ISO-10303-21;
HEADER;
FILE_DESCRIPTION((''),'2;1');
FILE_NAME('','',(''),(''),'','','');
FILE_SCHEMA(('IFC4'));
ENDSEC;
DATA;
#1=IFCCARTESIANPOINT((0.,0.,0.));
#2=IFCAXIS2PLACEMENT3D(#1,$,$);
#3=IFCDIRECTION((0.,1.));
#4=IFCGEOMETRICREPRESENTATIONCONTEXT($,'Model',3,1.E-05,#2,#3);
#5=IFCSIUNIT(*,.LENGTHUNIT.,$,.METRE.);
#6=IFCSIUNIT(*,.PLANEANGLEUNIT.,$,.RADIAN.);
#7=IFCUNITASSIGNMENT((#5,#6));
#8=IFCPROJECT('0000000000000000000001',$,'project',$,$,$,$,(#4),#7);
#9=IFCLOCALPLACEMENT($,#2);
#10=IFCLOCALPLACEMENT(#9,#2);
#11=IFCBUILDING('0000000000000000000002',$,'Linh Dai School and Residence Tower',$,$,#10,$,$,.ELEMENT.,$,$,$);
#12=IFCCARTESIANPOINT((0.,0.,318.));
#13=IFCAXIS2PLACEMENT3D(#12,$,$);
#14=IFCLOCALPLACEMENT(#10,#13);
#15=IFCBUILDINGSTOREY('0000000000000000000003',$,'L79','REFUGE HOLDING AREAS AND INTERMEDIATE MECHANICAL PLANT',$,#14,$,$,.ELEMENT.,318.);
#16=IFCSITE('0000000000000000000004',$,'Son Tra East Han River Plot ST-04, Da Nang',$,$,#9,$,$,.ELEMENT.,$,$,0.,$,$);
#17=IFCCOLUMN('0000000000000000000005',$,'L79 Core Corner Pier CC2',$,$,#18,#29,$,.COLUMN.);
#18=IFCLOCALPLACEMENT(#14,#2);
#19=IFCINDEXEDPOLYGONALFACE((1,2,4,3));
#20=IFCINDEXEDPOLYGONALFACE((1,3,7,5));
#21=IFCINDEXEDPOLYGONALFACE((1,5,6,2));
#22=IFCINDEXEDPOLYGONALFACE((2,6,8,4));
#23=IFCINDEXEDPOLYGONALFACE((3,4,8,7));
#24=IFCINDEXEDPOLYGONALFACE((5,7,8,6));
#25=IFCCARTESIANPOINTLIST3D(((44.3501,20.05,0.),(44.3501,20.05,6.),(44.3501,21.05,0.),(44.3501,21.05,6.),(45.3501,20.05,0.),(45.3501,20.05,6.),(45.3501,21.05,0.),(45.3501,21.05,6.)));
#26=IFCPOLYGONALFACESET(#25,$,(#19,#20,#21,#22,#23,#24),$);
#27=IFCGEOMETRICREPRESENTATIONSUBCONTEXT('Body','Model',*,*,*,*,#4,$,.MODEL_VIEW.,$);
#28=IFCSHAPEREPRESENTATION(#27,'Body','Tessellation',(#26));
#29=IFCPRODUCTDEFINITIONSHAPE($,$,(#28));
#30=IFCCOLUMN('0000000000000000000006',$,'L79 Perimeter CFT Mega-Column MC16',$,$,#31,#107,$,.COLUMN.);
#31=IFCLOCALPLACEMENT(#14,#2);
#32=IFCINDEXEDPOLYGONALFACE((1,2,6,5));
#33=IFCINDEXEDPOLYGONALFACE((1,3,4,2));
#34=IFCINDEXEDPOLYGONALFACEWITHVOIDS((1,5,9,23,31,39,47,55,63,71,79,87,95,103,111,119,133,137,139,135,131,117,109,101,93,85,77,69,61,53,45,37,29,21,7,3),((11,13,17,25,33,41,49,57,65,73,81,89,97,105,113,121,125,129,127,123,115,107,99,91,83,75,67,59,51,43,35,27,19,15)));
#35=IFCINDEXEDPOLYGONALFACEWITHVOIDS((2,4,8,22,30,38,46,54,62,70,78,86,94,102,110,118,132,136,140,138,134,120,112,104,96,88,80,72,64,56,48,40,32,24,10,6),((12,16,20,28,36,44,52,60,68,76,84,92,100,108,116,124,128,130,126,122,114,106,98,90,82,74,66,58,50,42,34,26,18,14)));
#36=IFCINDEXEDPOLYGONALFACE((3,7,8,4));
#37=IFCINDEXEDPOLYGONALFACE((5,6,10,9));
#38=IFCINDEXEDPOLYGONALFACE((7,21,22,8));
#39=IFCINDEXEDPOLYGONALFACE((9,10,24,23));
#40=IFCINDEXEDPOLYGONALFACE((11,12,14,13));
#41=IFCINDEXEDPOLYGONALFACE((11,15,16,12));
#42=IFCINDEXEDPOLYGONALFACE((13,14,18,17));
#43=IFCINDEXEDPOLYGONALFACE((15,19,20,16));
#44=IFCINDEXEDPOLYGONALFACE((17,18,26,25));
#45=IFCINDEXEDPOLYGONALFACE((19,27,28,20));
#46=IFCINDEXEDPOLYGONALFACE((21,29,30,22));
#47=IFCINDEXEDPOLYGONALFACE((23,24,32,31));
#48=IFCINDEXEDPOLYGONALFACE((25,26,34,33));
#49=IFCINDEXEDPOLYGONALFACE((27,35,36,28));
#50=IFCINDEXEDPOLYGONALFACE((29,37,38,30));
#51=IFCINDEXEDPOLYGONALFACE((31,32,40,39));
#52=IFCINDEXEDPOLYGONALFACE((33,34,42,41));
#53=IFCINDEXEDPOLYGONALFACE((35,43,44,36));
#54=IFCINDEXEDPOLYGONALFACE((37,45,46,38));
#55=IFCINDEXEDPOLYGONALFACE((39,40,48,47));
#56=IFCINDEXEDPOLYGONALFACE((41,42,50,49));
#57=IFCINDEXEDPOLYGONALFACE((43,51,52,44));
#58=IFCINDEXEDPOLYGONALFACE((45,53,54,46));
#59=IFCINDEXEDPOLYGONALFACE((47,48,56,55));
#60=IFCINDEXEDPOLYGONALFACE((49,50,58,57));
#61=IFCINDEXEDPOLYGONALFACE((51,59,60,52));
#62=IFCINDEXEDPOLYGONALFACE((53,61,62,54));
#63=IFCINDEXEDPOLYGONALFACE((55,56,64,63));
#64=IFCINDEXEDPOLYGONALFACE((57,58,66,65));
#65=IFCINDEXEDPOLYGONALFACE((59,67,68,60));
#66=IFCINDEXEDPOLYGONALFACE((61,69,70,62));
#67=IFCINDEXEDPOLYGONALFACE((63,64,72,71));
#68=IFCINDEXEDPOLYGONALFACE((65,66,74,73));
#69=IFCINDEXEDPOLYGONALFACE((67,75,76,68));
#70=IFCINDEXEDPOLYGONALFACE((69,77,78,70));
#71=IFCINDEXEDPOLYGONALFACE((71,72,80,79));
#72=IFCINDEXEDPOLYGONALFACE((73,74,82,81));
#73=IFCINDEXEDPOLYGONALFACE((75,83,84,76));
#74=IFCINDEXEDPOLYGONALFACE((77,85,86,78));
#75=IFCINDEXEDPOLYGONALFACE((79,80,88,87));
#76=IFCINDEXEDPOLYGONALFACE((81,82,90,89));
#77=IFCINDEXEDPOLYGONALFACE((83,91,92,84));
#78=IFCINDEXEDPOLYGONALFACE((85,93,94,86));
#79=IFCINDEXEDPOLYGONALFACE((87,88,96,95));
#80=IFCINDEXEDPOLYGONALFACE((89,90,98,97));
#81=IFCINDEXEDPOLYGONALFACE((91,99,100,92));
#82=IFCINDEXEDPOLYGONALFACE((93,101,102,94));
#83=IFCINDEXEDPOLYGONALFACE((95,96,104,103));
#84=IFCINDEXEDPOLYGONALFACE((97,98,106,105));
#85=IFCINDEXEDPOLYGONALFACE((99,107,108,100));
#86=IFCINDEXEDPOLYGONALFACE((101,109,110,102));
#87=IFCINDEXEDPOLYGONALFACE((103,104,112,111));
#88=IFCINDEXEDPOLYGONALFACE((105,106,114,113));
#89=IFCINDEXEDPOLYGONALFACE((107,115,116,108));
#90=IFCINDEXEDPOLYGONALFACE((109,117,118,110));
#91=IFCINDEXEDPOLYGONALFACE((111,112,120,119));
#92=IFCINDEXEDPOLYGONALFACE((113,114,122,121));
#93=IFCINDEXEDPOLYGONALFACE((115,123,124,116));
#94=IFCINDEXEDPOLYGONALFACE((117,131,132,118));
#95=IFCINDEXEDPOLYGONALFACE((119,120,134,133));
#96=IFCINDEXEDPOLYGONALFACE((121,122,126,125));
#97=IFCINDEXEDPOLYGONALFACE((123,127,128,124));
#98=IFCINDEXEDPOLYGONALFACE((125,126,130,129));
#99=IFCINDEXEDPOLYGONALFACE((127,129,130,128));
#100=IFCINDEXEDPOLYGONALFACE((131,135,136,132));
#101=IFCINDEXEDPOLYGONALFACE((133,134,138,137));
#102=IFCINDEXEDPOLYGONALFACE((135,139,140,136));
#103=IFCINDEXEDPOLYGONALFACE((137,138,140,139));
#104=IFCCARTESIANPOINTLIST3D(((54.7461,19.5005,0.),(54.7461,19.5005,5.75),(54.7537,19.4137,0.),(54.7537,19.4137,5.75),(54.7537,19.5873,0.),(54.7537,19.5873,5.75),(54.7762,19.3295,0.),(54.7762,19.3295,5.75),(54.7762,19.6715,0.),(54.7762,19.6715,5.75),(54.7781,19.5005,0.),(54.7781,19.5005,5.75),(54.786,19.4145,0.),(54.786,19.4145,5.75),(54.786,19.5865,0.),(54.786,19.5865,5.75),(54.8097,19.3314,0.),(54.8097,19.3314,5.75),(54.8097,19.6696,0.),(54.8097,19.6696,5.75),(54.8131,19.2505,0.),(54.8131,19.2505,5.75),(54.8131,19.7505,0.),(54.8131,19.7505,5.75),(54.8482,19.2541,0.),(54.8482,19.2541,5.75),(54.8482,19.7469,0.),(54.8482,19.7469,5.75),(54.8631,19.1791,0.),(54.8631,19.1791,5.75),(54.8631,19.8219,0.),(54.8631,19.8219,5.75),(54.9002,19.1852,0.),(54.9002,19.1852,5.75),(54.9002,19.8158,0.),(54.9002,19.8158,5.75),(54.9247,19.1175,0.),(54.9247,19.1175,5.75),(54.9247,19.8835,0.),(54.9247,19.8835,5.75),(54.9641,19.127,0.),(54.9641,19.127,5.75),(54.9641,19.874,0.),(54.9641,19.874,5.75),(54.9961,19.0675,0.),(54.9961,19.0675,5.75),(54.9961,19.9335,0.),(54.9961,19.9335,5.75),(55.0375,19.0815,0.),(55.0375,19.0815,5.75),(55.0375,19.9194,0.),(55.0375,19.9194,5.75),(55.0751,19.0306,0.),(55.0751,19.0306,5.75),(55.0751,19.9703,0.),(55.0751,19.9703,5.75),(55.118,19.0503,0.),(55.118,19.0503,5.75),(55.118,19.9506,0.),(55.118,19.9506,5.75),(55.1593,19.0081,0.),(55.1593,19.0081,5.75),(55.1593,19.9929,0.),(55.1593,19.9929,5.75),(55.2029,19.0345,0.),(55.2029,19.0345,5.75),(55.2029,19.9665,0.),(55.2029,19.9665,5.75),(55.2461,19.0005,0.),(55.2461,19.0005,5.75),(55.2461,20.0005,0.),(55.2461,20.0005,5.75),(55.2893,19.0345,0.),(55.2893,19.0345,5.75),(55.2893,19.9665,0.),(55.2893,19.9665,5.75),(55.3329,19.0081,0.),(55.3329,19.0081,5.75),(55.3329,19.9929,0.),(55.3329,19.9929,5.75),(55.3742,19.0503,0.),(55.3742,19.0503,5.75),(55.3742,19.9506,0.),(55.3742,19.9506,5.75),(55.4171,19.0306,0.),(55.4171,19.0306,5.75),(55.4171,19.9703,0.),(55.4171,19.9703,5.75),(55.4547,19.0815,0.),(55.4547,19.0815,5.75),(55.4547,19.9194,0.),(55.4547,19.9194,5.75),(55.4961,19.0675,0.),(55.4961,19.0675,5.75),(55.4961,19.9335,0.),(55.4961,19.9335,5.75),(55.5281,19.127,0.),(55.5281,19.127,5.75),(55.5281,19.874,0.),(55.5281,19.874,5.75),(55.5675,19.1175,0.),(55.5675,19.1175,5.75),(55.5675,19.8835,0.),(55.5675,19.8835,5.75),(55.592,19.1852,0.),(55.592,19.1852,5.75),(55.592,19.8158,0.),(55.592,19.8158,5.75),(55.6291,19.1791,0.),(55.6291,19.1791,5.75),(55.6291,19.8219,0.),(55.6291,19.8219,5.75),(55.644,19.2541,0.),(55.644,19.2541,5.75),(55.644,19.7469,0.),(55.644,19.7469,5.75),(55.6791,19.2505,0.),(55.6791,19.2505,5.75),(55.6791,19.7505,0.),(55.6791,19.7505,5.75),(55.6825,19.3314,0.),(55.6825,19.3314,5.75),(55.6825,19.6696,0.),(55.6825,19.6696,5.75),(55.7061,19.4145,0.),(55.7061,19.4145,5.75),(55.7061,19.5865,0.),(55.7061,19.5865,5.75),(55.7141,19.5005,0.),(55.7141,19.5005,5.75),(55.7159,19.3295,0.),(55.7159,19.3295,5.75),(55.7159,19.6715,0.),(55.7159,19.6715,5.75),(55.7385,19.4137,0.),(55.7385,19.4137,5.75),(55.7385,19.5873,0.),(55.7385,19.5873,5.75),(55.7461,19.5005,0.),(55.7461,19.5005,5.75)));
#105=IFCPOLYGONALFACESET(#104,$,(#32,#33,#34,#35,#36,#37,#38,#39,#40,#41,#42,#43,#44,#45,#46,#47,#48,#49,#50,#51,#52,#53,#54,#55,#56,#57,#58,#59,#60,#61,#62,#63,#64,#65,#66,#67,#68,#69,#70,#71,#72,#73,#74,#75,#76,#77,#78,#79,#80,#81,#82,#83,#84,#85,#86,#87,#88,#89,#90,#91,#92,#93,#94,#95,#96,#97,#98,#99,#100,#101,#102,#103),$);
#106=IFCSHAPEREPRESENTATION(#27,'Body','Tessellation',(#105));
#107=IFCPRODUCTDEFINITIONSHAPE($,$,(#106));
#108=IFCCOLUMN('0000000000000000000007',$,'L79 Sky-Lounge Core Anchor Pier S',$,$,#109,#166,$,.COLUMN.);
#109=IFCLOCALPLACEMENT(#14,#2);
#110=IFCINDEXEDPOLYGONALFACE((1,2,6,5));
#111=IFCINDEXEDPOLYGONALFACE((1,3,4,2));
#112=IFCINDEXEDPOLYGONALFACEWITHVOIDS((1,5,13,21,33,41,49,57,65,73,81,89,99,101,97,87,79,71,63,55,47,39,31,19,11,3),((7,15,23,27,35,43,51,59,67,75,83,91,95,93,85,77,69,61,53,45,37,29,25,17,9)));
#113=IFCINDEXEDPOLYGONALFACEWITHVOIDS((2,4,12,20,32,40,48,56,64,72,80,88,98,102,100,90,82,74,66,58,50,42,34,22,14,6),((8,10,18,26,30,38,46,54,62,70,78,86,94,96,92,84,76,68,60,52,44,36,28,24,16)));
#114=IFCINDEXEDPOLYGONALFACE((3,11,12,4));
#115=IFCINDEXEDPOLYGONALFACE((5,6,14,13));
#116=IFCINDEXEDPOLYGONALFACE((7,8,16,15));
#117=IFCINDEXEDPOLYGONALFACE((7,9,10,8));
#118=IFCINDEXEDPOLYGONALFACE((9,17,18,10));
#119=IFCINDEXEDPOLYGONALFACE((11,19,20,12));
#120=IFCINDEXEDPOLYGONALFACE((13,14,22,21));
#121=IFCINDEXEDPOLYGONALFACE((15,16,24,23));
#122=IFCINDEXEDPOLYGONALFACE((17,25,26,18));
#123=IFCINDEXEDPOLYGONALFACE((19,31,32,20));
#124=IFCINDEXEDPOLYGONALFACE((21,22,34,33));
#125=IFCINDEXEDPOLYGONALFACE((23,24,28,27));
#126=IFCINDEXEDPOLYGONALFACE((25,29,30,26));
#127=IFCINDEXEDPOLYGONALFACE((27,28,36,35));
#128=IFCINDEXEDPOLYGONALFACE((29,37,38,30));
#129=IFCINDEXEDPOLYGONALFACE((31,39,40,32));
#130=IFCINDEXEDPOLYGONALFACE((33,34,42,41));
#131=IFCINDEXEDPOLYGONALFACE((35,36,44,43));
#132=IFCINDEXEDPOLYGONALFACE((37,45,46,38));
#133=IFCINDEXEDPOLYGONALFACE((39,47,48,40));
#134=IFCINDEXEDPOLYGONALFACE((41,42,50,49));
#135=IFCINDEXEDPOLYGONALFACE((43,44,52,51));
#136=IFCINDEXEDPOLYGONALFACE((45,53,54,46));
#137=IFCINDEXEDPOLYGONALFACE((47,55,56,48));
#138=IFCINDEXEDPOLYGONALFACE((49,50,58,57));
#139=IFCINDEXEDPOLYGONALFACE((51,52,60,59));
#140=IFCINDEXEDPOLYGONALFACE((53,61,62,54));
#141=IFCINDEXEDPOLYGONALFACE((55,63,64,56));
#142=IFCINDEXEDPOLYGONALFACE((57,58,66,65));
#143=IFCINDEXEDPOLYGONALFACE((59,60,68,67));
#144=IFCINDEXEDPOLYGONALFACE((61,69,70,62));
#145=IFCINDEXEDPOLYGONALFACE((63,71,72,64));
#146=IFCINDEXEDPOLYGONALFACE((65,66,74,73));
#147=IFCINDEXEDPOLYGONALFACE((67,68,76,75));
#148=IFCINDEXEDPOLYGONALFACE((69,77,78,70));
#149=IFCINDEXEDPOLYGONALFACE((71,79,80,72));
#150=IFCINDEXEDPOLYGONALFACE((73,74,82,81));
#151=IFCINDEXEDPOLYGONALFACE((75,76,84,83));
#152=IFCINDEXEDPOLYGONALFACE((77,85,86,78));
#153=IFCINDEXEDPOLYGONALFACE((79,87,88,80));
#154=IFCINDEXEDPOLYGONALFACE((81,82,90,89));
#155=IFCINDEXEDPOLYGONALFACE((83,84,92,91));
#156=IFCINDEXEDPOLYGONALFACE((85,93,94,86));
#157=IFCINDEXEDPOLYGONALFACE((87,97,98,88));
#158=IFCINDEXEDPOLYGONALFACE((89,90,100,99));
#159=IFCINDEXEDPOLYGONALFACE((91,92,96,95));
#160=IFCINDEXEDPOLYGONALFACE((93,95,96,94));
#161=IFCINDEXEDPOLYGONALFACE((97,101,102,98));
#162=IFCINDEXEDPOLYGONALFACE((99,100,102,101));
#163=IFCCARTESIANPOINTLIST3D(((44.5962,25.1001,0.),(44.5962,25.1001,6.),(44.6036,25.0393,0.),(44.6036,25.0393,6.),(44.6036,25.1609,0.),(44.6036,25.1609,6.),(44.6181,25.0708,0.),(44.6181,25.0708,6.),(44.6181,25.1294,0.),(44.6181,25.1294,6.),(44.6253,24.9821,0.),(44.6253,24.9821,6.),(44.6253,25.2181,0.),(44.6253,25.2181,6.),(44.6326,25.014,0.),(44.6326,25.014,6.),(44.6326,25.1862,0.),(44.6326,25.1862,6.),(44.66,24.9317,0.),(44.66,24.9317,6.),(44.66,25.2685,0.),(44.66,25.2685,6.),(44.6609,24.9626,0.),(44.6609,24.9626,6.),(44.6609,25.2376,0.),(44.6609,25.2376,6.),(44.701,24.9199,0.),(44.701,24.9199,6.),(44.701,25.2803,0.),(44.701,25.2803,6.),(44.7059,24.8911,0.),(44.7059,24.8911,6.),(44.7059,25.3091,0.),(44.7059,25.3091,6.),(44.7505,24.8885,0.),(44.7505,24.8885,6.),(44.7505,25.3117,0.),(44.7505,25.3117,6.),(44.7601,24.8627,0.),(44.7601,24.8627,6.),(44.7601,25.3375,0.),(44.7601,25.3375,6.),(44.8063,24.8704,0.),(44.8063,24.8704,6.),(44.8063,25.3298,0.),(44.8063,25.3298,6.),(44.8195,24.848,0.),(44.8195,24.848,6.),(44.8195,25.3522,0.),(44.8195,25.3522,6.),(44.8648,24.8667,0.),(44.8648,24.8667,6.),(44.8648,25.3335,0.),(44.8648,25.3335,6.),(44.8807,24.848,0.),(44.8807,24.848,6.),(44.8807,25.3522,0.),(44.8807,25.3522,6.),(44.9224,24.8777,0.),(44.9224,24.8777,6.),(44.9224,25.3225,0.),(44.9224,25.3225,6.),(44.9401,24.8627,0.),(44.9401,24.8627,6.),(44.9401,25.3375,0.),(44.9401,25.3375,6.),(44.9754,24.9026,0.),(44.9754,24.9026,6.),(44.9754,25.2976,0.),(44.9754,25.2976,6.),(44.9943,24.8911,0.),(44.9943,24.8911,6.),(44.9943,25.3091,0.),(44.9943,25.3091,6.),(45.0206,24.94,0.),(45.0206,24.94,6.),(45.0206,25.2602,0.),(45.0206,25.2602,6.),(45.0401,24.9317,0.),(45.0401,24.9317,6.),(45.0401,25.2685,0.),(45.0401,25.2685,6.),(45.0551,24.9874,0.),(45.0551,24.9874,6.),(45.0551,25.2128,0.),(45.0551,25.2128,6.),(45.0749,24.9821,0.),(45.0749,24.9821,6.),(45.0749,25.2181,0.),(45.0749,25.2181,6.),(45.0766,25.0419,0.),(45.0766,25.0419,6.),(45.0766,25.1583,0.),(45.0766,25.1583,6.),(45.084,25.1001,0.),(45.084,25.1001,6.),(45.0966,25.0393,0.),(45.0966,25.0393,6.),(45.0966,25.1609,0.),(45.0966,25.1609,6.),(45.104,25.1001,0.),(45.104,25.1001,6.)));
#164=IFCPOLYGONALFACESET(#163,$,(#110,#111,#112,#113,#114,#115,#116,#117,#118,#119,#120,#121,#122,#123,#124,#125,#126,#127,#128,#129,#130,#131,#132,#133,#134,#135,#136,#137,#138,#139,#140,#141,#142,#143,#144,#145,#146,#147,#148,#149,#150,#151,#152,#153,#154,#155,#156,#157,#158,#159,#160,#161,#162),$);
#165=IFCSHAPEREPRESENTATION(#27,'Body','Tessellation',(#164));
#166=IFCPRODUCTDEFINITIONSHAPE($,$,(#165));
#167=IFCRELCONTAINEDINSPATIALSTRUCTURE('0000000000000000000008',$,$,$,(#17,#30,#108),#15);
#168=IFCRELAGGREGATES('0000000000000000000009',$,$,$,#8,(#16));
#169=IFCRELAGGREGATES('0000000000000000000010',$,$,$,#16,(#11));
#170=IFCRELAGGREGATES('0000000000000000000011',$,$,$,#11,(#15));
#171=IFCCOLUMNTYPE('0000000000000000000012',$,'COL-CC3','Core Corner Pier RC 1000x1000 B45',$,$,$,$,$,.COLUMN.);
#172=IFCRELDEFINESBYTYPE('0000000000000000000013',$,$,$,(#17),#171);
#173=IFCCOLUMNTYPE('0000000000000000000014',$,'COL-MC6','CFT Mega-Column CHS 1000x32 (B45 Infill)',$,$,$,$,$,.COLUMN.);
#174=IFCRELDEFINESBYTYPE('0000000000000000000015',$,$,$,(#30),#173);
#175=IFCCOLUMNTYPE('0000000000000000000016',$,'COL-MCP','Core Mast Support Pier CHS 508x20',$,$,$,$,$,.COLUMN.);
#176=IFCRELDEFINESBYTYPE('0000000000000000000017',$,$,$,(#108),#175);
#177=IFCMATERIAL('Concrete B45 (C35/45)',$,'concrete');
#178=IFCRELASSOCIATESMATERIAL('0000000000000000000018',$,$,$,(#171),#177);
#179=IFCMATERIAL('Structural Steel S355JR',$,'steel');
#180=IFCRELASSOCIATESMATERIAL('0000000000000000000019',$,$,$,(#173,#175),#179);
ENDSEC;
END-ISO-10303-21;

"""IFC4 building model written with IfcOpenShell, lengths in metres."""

from ifc_helpers import new_model, si_unit, direction, frame, origin, origin_2d, place, context, subcontext, project, spatial, rectangle, hollow_circle, extrude, material, material_profile, profile_set, type_object, element, save


model = new_model("IFC4")

# Units and contexts
model_context = context("Model", 3, precision=1e-05, world=origin(), true_north=direction((0.0, 1.0)))
body_context = subcontext(model_context, "Body", "Model", "MODEL_VIEW")
ifc_project = project(units=[si_unit("LENGTHUNIT", "METRE"), si_unit("PLANEANGLEUNIT", "RADIAN")], contexts=[model_context])

# Site, building, storey
site_placement = place(None, origin())
site = spatial("IfcSite", under=ifc_project, at=site_placement, Name="Son Tra East Han River Plot ST-04, Da Nang", CompositionType="ELEMENT", RefElevation=0.0)
building_placement = place(site_placement, origin())
building = spatial("IfcBuilding", under=site, at=building_placement, Name="Linh Dai School and Residence Tower", CompositionType="ELEMENT")
storey_placement = place(building_placement, frame((0.0, 0.0, 318.0)))
storey = spatial("IfcBuildingStorey", under=building, at=storey_placement, Name="L79", Description="REFUGE HOLDING AREAS AND INTERMEDIATE MECHANICAL PLANT", CompositionType="ELEMENT", Elevation=318.0)

# Columns
ifc_material_1 = material(Name="Concrete B45 (C35/45)", Category="concrete")
ifc_material_profile_1 = material_profile(ifc_material_1, rectangle(XDim=1.0, YDim=1.0, at=origin_2d()), Name="RC 1000x1000")
ifc_profile_set_1 = profile_set([ifc_material_profile_1], Name="Concrete B45 (C35/45)")
column_type_1 = type_object("IfcColumnType", Name="COL-CC3", Description="Core Corner Pier RC 1000x1000 B45", PredefinedType="COLUMN", material=ifc_profile_set_1)
column_1_placement = place(storey_placement, frame((44.8501, 20.55, 0.0), z_axis=(0.0, 0.0, 1.0), x_axis=(1.0, 0.0, 0.0)))
element("IfcColumn", 1, at=column_1_placement, inside=storey, type_object=column_type_1, Name="L79 Core Corner Pier CC2", PredefinedType="COLUMN", context=body_context, shape_type="SweptSolid", body=[
    extrude(rectangle(XDim=1.0, YDim=1.0, at=origin_2d()), origin(), (0.0, 0.0, 1.0), 6.0),
])
ifc_material_2 = material(Name="Structural Steel S355JR", Category="steel")
ifc_material_profile_2 = material_profile(ifc_material_2, hollow_circle(Radius=0.5, WallThickness=0.032, at=origin_2d()), Name="CHS 1000x32")
ifc_profile_set_2 = profile_set([ifc_material_profile_2], Name="Structural Steel S355JR")
column_type_2 = type_object("IfcColumnType", Name="COL-MC6", Description="CFT Mega-Column CHS 1000x32 (B45 Infill)", PredefinedType="COLUMN", material=ifc_profile_set_2)
column_2_placement = place(storey_placement, frame((55.2461, 19.5005, 0.0), z_axis=(0.0, 0.0, 1.0), x_axis=(1.0, 0.0, 0.0)))
element("IfcColumn", 2, at=column_2_placement, inside=storey, type_object=column_type_2, Name="L79 Perimeter CFT Mega-Column MC16", PredefinedType="COLUMN", context=body_context, shape_type="SweptSolid", body=[
    extrude(hollow_circle(Radius=0.5, WallThickness=0.032, at=origin_2d()), origin(), (0.0, 0.0, 1.0), 5.75),
])
ifc_material_profile_3 = material_profile(ifc_material_2, hollow_circle(Radius=0.2539, WallThickness=0.02, at=origin_2d()), Name="CHS 508x20")
ifc_profile_set_3 = profile_set([ifc_material_profile_3], Name="Structural Steel S355JR")
column_type_3 = type_object("IfcColumnType", Name="COL-MCP", Description="Core Mast Support Pier CHS 508x20", PredefinedType="COLUMN", material=ifc_profile_set_3)
column_3_placement = place(storey_placement, frame((44.8501, 25.1001, 0.0), z_axis=(0.0, 0.0, 1.0), x_axis=(1.0, 0.0, 0.0)))
element("IfcColumn", 3, at=column_3_placement, inside=storey, type_object=column_type_3, Name="L79 Sky-Lounge Core Anchor Pier S", PredefinedType="COLUMN", context=body_context, shape_type="SweptSolid", body=[
    extrude(hollow_circle(Radius=0.2539, WallThickness=0.02, at=origin_2d()), origin(), (0.0, 0.0, 1.0), 6.0),
])

save(model, "model.ifc")
